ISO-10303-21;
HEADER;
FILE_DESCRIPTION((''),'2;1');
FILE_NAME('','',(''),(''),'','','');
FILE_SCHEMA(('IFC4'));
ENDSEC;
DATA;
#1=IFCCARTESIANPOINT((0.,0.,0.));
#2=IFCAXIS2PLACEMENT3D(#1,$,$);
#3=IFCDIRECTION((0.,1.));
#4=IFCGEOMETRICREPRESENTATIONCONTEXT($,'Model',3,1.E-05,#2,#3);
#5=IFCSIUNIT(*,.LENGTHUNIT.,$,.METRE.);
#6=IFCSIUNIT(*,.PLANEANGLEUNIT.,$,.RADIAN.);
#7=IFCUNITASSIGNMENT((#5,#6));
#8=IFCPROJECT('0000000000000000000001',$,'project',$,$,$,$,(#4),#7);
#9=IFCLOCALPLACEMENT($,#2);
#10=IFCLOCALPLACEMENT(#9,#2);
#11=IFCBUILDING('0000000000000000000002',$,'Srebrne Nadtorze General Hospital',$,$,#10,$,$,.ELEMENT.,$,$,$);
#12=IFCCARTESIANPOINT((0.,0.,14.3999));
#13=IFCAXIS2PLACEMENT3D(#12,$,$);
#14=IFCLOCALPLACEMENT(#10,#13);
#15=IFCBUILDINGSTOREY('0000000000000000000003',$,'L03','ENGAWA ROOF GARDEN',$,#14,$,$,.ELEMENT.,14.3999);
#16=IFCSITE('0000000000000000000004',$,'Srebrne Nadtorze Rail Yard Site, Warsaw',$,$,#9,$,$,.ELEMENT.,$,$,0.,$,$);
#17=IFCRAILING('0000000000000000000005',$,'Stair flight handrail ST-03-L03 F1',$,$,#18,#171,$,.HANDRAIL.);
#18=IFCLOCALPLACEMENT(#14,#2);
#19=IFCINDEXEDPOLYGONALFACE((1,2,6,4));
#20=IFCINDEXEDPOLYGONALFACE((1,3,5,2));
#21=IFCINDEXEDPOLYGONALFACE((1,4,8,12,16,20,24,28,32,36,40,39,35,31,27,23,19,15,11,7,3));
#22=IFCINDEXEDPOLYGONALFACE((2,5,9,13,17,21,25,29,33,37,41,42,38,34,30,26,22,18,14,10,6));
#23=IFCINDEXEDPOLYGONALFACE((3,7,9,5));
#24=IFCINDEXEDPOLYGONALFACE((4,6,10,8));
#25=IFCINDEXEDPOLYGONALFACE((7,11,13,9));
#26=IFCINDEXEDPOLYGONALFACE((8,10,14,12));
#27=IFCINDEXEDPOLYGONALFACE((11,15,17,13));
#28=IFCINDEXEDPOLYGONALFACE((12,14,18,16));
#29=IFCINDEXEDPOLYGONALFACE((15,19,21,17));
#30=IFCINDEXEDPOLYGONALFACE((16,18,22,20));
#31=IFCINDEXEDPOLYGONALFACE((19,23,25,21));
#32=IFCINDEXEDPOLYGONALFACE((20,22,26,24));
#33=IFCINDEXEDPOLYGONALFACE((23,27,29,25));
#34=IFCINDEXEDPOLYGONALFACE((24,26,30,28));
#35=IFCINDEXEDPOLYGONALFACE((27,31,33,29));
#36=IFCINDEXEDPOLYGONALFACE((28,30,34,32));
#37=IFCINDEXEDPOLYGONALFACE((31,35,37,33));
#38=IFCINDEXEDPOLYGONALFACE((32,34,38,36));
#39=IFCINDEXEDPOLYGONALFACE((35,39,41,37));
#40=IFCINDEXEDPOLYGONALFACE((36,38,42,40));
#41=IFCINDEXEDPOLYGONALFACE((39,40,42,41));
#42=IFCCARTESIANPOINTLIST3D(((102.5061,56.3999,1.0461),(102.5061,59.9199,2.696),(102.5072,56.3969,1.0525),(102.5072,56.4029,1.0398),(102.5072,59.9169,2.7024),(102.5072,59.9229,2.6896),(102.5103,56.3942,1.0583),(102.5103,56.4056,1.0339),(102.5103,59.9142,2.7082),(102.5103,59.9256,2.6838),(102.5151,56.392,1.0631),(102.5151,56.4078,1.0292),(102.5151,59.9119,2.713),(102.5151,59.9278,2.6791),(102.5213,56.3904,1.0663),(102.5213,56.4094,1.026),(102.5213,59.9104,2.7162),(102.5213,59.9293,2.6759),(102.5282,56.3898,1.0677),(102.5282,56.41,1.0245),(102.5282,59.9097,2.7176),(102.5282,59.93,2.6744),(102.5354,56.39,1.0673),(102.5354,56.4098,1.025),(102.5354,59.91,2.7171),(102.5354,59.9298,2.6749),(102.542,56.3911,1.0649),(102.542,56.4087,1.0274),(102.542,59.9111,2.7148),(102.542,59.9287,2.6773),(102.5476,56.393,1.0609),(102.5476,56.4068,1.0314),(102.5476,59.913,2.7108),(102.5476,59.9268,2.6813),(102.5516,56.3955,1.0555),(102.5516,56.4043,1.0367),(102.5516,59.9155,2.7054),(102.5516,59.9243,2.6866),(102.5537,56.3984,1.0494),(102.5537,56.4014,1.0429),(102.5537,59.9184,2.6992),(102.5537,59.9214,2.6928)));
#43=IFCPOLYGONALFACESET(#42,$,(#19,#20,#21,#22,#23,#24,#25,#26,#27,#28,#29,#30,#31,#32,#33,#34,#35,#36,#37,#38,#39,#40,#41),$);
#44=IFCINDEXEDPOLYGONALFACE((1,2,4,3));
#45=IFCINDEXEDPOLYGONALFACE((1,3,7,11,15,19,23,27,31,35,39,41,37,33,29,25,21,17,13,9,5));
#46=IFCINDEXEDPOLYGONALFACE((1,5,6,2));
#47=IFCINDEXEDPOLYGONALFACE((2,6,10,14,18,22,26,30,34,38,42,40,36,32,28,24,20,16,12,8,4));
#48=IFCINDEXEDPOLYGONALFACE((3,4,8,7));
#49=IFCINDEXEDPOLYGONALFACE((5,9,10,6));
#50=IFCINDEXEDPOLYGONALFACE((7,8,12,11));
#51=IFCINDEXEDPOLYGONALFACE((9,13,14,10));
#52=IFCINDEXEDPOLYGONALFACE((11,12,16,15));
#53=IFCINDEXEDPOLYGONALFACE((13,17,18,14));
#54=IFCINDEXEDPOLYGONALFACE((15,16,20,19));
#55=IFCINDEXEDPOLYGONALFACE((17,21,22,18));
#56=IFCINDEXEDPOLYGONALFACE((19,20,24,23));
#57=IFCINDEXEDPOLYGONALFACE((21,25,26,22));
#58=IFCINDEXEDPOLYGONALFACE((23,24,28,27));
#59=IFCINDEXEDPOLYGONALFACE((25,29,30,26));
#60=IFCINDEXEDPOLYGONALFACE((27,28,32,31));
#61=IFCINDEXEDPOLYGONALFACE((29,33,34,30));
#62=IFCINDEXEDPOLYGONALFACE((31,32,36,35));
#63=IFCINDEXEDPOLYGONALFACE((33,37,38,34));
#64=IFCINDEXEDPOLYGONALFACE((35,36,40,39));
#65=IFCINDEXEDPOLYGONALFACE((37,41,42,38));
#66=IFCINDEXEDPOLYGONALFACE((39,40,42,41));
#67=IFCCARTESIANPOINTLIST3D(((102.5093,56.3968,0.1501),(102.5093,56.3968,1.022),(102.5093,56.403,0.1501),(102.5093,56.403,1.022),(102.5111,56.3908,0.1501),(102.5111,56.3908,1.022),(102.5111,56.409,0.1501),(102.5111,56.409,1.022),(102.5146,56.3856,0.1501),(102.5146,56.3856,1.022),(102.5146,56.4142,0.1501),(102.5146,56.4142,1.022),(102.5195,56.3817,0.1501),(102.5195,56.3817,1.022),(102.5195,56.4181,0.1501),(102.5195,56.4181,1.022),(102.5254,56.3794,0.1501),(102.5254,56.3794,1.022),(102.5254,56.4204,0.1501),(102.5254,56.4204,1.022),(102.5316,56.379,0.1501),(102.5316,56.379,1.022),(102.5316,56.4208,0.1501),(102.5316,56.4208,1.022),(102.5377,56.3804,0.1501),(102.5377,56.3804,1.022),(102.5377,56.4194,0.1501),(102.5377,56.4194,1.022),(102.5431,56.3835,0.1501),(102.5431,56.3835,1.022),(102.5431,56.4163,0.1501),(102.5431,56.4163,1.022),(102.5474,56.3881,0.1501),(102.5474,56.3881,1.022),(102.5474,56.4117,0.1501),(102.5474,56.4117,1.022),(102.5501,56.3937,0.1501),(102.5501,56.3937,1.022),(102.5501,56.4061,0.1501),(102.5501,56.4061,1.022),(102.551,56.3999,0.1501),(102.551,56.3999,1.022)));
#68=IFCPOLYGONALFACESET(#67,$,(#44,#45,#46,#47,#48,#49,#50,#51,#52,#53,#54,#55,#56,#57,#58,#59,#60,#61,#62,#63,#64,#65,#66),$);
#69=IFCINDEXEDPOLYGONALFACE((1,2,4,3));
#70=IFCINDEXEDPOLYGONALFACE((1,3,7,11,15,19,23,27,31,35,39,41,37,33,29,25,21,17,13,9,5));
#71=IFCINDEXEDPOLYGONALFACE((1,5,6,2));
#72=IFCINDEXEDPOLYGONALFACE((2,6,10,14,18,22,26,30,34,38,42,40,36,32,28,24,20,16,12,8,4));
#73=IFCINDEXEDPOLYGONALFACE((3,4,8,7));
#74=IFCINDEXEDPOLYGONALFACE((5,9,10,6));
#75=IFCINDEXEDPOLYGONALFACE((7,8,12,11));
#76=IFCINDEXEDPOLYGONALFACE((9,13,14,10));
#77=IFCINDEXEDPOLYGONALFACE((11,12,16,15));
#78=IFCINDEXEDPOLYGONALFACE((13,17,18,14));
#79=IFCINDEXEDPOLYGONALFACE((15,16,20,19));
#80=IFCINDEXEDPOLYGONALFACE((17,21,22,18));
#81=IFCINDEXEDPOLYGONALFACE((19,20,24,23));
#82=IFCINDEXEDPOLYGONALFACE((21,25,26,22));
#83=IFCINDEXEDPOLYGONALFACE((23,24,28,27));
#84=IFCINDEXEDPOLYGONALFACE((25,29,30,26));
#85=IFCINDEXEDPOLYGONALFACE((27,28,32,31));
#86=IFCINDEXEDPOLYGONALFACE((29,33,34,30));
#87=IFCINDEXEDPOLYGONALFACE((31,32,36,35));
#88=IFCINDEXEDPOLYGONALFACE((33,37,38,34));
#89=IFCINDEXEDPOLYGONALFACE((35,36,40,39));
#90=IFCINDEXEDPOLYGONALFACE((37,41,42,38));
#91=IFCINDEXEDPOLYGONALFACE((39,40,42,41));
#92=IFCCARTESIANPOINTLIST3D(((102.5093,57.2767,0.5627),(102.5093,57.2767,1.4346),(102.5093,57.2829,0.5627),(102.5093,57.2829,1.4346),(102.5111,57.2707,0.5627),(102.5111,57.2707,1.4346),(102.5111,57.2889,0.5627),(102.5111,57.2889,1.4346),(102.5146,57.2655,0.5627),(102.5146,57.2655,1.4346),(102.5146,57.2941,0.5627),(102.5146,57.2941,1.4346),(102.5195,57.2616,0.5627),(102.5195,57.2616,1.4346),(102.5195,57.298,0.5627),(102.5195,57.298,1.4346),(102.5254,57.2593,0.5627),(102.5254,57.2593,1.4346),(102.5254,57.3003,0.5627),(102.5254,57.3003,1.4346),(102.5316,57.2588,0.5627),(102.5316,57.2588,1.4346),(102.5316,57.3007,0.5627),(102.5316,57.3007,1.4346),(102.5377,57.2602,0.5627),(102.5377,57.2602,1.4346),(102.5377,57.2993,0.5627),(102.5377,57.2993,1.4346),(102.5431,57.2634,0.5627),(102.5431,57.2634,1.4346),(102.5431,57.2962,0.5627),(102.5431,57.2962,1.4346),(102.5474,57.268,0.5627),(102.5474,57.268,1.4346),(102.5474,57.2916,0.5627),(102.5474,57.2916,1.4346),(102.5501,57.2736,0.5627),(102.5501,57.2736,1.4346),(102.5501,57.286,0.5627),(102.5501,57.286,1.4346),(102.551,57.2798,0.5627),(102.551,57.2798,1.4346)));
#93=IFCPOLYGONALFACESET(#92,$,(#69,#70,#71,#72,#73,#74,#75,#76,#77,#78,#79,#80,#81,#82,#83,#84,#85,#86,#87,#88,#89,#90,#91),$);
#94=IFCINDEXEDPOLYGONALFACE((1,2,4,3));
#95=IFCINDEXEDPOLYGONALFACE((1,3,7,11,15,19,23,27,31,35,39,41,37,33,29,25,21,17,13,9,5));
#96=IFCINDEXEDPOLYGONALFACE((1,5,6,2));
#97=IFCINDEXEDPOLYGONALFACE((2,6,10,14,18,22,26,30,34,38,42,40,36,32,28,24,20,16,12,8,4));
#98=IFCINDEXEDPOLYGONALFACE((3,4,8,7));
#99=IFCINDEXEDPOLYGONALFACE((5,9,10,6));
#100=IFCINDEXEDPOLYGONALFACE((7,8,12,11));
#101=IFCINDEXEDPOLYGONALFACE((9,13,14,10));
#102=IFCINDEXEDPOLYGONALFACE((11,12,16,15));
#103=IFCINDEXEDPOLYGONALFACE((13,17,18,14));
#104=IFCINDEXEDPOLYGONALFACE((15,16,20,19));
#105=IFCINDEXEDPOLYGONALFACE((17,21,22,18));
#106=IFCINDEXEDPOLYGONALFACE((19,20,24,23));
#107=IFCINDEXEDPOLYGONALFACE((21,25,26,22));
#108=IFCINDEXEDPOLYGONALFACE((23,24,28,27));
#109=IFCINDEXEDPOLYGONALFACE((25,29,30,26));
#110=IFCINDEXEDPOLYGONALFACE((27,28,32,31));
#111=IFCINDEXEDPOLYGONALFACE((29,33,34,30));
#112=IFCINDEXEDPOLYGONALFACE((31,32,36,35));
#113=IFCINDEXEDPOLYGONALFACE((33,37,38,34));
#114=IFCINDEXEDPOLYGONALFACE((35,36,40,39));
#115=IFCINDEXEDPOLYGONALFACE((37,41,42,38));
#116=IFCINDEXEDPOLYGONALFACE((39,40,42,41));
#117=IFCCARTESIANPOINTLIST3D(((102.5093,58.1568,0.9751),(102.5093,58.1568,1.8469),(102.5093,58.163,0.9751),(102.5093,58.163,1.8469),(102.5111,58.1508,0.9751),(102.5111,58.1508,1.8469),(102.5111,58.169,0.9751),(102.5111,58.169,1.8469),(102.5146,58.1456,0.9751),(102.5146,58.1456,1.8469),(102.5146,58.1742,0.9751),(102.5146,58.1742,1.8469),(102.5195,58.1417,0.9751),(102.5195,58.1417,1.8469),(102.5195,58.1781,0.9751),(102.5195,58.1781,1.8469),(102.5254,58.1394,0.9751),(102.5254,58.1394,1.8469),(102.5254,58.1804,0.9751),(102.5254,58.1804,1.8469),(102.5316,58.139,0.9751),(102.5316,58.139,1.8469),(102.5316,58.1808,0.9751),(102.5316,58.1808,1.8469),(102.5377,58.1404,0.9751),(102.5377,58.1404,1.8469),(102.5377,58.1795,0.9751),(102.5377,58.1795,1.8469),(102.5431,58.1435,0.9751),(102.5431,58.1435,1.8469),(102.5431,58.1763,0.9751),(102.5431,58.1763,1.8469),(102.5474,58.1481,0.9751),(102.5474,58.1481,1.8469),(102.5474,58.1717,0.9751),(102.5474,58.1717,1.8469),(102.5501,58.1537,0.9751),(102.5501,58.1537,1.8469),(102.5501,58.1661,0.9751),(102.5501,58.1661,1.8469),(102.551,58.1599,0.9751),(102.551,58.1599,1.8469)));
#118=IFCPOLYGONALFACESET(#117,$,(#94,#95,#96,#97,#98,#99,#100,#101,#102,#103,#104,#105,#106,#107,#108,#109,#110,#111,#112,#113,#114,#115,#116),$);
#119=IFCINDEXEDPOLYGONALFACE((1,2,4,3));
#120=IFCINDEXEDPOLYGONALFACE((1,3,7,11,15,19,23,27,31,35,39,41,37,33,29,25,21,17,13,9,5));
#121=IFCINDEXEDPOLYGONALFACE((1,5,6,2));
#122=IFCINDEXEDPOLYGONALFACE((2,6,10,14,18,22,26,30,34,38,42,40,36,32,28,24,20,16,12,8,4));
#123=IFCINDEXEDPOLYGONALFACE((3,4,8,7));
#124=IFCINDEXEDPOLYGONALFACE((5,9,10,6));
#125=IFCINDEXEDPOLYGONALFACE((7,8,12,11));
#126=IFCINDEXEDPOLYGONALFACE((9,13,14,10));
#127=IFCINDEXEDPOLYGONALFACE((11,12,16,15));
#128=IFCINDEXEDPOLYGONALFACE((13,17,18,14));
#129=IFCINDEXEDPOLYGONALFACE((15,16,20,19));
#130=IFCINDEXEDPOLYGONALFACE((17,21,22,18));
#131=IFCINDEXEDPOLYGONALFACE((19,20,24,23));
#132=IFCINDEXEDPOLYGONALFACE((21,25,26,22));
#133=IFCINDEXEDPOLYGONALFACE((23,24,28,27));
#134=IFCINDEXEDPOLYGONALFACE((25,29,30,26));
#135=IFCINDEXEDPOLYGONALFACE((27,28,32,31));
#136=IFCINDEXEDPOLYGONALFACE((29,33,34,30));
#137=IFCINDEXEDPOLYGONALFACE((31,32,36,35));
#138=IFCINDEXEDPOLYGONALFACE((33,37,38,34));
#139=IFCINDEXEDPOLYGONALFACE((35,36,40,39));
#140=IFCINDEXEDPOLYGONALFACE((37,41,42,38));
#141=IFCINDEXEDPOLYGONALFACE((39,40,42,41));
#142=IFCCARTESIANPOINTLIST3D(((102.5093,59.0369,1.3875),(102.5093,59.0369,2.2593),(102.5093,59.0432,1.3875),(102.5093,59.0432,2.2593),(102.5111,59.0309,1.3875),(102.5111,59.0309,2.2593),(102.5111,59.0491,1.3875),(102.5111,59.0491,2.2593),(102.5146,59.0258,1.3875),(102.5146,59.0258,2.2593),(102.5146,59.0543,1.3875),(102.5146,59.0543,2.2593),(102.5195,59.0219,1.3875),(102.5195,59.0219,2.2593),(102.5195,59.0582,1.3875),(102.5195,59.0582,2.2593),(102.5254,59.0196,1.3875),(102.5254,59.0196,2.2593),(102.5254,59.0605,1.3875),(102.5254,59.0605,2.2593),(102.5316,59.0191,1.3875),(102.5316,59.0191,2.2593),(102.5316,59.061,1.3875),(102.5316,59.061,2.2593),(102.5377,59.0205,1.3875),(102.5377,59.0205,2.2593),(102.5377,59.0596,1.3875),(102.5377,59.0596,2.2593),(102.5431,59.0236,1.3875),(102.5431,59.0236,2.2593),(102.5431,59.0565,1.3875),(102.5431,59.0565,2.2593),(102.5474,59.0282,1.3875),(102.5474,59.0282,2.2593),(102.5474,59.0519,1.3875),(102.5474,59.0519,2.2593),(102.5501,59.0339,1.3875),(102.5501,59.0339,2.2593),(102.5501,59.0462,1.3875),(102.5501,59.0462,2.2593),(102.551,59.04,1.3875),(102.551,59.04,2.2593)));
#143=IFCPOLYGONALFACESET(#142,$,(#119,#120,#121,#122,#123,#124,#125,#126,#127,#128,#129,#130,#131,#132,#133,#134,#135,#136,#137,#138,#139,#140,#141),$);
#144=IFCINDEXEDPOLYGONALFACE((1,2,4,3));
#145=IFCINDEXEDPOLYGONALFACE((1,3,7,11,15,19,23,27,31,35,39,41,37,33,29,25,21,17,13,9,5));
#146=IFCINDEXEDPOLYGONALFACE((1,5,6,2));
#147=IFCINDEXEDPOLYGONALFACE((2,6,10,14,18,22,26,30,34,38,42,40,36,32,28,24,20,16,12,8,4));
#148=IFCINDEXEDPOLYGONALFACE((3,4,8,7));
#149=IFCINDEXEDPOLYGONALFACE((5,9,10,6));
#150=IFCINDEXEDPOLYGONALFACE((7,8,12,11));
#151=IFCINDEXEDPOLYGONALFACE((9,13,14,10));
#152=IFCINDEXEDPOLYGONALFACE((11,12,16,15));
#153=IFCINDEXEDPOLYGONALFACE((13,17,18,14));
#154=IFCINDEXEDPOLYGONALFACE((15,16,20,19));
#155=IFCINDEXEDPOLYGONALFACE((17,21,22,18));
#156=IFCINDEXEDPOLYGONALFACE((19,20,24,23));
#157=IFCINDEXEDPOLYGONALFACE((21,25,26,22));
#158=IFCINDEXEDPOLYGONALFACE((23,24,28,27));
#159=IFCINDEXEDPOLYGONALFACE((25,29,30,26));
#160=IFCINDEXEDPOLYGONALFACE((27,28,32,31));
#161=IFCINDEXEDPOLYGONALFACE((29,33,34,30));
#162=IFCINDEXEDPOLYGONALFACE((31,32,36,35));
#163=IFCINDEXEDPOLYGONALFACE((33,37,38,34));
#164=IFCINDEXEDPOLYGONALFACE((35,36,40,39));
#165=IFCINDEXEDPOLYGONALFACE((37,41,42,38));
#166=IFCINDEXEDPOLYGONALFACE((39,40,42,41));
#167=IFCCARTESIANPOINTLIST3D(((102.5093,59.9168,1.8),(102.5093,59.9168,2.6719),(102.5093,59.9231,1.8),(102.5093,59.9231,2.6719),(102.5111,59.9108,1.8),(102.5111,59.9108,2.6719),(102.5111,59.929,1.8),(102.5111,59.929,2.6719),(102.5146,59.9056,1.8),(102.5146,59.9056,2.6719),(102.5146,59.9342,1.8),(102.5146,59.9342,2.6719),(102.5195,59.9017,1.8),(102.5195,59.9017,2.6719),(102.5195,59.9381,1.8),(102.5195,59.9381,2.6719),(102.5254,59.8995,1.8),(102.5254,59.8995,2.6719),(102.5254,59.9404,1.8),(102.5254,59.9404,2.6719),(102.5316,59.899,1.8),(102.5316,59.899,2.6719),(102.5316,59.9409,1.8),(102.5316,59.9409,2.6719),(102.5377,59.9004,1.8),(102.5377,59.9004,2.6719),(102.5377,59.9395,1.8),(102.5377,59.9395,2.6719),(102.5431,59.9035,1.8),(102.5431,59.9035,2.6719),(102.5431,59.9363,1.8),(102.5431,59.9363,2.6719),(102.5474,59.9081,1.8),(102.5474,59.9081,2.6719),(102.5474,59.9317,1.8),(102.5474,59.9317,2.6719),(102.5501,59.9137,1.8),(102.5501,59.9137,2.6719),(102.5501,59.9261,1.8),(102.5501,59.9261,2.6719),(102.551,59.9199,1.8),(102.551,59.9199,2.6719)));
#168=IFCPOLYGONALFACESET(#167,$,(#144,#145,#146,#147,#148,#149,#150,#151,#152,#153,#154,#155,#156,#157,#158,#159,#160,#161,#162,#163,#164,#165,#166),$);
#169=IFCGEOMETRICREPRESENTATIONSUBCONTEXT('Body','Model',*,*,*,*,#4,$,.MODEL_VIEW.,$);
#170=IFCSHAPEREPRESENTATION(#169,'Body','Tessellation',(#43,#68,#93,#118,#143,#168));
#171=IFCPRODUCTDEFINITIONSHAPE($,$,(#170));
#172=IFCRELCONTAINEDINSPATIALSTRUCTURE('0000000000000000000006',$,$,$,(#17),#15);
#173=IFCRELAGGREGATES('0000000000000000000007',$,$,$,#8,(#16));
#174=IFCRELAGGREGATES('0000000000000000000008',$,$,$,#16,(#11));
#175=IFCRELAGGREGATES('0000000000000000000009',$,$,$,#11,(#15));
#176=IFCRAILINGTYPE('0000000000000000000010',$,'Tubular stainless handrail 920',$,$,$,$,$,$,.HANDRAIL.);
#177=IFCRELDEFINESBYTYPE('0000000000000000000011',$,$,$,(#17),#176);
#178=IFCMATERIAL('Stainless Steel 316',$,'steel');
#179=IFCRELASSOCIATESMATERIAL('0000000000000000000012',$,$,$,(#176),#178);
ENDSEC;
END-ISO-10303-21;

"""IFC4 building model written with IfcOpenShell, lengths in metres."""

from ifc_helpers import new_model, si_unit, direction, frame, origin, origin_2d, place, context, subcontext, project, spatial, circle, extrude, material, type_object, element, save


model = new_model("IFC4")

# Units and contexts
model_context = context("Model", 3, precision=1e-05, world=origin(), true_north=direction((0.0, 1.0)))
body_context = subcontext(model_context, "Body", "Model", "MODEL_VIEW")
ifc_project = project(units=[si_unit("LENGTHUNIT", "METRE"), si_unit("PLANEANGLEUNIT", "RADIAN")], contexts=[model_context])

# Site, building, storey
site_placement = place(None, origin())
site = spatial("IfcSite", under=ifc_project, at=site_placement, Name="Srebrne Nadtorze Rail Yard Site, Warsaw", CompositionType="ELEMENT", RefElevation=0.0)
building_placement = place(site_placement, origin())
building = spatial("IfcBuilding", under=site, at=building_placement, Name="Srebrne Nadtorze General Hospital", CompositionType="ELEMENT")
storey_placement = place(building_placement, frame((0.0, 0.0, 14.3999)))
storey = spatial("IfcBuildingStorey", under=building, at=storey_placement, Name="L03", Description="ENGAWA ROOF GARDEN", CompositionType="ELEMENT", Elevation=14.3999)

# Railing
ifc_material_1 = material(Name="Stainless Steel 316", Category="steel")
railing_type = type_object("IfcRailingType", Name="Tubular stainless handrail 920", PredefinedType="HANDRAIL", material=ifc_material_1)
railing_placement = place(storey_placement, frame((102.53, 56.3999, 0.1501)))
element("IfcRailing", 1, at=railing_placement, inside=storey, type_object=railing_type, Name="Stair flight handrail ST-03-L03 F1", PredefinedType="HANDRAIL", context=body_context, shape_type="SweptSolid", body=[
    extrude(circle(Radius=0.0239, at=origin_2d()), frame((0.0, 0.0, 0.896), z_axis=(0.0, 0.905469, 0.424411), x_axis=(-1.0, 0.0, 0.0)), (0.0, 0.0, 1.0), 3.8875),
    extrude(circle(Radius=0.021, at=origin_2d()), origin(), (0.0, 0.0, 1.0), 0.8718),
    extrude(circle(Radius=0.021, at=origin_2d()), frame((0.0, 0.8799, 0.4126)), (0.0, 0.0, 1.0), 0.8718),
    extrude(circle(Radius=0.021, at=origin_2d()), frame((0.0, 1.76, 0.825)), (0.0, 0.0, 1.0), 0.8718),
    extrude(circle(Radius=0.021, at=origin_2d()), frame((0.0, 2.6401, 1.2373)), (0.0, 0.0, 1.0), 0.8718),
    extrude(circle(Radius=0.021, at=origin_2d()), frame((0.0, 3.52, 1.6499)), (0.0, 0.0, 1.0), 0.8718),
])

save(model, "model.ifc")
